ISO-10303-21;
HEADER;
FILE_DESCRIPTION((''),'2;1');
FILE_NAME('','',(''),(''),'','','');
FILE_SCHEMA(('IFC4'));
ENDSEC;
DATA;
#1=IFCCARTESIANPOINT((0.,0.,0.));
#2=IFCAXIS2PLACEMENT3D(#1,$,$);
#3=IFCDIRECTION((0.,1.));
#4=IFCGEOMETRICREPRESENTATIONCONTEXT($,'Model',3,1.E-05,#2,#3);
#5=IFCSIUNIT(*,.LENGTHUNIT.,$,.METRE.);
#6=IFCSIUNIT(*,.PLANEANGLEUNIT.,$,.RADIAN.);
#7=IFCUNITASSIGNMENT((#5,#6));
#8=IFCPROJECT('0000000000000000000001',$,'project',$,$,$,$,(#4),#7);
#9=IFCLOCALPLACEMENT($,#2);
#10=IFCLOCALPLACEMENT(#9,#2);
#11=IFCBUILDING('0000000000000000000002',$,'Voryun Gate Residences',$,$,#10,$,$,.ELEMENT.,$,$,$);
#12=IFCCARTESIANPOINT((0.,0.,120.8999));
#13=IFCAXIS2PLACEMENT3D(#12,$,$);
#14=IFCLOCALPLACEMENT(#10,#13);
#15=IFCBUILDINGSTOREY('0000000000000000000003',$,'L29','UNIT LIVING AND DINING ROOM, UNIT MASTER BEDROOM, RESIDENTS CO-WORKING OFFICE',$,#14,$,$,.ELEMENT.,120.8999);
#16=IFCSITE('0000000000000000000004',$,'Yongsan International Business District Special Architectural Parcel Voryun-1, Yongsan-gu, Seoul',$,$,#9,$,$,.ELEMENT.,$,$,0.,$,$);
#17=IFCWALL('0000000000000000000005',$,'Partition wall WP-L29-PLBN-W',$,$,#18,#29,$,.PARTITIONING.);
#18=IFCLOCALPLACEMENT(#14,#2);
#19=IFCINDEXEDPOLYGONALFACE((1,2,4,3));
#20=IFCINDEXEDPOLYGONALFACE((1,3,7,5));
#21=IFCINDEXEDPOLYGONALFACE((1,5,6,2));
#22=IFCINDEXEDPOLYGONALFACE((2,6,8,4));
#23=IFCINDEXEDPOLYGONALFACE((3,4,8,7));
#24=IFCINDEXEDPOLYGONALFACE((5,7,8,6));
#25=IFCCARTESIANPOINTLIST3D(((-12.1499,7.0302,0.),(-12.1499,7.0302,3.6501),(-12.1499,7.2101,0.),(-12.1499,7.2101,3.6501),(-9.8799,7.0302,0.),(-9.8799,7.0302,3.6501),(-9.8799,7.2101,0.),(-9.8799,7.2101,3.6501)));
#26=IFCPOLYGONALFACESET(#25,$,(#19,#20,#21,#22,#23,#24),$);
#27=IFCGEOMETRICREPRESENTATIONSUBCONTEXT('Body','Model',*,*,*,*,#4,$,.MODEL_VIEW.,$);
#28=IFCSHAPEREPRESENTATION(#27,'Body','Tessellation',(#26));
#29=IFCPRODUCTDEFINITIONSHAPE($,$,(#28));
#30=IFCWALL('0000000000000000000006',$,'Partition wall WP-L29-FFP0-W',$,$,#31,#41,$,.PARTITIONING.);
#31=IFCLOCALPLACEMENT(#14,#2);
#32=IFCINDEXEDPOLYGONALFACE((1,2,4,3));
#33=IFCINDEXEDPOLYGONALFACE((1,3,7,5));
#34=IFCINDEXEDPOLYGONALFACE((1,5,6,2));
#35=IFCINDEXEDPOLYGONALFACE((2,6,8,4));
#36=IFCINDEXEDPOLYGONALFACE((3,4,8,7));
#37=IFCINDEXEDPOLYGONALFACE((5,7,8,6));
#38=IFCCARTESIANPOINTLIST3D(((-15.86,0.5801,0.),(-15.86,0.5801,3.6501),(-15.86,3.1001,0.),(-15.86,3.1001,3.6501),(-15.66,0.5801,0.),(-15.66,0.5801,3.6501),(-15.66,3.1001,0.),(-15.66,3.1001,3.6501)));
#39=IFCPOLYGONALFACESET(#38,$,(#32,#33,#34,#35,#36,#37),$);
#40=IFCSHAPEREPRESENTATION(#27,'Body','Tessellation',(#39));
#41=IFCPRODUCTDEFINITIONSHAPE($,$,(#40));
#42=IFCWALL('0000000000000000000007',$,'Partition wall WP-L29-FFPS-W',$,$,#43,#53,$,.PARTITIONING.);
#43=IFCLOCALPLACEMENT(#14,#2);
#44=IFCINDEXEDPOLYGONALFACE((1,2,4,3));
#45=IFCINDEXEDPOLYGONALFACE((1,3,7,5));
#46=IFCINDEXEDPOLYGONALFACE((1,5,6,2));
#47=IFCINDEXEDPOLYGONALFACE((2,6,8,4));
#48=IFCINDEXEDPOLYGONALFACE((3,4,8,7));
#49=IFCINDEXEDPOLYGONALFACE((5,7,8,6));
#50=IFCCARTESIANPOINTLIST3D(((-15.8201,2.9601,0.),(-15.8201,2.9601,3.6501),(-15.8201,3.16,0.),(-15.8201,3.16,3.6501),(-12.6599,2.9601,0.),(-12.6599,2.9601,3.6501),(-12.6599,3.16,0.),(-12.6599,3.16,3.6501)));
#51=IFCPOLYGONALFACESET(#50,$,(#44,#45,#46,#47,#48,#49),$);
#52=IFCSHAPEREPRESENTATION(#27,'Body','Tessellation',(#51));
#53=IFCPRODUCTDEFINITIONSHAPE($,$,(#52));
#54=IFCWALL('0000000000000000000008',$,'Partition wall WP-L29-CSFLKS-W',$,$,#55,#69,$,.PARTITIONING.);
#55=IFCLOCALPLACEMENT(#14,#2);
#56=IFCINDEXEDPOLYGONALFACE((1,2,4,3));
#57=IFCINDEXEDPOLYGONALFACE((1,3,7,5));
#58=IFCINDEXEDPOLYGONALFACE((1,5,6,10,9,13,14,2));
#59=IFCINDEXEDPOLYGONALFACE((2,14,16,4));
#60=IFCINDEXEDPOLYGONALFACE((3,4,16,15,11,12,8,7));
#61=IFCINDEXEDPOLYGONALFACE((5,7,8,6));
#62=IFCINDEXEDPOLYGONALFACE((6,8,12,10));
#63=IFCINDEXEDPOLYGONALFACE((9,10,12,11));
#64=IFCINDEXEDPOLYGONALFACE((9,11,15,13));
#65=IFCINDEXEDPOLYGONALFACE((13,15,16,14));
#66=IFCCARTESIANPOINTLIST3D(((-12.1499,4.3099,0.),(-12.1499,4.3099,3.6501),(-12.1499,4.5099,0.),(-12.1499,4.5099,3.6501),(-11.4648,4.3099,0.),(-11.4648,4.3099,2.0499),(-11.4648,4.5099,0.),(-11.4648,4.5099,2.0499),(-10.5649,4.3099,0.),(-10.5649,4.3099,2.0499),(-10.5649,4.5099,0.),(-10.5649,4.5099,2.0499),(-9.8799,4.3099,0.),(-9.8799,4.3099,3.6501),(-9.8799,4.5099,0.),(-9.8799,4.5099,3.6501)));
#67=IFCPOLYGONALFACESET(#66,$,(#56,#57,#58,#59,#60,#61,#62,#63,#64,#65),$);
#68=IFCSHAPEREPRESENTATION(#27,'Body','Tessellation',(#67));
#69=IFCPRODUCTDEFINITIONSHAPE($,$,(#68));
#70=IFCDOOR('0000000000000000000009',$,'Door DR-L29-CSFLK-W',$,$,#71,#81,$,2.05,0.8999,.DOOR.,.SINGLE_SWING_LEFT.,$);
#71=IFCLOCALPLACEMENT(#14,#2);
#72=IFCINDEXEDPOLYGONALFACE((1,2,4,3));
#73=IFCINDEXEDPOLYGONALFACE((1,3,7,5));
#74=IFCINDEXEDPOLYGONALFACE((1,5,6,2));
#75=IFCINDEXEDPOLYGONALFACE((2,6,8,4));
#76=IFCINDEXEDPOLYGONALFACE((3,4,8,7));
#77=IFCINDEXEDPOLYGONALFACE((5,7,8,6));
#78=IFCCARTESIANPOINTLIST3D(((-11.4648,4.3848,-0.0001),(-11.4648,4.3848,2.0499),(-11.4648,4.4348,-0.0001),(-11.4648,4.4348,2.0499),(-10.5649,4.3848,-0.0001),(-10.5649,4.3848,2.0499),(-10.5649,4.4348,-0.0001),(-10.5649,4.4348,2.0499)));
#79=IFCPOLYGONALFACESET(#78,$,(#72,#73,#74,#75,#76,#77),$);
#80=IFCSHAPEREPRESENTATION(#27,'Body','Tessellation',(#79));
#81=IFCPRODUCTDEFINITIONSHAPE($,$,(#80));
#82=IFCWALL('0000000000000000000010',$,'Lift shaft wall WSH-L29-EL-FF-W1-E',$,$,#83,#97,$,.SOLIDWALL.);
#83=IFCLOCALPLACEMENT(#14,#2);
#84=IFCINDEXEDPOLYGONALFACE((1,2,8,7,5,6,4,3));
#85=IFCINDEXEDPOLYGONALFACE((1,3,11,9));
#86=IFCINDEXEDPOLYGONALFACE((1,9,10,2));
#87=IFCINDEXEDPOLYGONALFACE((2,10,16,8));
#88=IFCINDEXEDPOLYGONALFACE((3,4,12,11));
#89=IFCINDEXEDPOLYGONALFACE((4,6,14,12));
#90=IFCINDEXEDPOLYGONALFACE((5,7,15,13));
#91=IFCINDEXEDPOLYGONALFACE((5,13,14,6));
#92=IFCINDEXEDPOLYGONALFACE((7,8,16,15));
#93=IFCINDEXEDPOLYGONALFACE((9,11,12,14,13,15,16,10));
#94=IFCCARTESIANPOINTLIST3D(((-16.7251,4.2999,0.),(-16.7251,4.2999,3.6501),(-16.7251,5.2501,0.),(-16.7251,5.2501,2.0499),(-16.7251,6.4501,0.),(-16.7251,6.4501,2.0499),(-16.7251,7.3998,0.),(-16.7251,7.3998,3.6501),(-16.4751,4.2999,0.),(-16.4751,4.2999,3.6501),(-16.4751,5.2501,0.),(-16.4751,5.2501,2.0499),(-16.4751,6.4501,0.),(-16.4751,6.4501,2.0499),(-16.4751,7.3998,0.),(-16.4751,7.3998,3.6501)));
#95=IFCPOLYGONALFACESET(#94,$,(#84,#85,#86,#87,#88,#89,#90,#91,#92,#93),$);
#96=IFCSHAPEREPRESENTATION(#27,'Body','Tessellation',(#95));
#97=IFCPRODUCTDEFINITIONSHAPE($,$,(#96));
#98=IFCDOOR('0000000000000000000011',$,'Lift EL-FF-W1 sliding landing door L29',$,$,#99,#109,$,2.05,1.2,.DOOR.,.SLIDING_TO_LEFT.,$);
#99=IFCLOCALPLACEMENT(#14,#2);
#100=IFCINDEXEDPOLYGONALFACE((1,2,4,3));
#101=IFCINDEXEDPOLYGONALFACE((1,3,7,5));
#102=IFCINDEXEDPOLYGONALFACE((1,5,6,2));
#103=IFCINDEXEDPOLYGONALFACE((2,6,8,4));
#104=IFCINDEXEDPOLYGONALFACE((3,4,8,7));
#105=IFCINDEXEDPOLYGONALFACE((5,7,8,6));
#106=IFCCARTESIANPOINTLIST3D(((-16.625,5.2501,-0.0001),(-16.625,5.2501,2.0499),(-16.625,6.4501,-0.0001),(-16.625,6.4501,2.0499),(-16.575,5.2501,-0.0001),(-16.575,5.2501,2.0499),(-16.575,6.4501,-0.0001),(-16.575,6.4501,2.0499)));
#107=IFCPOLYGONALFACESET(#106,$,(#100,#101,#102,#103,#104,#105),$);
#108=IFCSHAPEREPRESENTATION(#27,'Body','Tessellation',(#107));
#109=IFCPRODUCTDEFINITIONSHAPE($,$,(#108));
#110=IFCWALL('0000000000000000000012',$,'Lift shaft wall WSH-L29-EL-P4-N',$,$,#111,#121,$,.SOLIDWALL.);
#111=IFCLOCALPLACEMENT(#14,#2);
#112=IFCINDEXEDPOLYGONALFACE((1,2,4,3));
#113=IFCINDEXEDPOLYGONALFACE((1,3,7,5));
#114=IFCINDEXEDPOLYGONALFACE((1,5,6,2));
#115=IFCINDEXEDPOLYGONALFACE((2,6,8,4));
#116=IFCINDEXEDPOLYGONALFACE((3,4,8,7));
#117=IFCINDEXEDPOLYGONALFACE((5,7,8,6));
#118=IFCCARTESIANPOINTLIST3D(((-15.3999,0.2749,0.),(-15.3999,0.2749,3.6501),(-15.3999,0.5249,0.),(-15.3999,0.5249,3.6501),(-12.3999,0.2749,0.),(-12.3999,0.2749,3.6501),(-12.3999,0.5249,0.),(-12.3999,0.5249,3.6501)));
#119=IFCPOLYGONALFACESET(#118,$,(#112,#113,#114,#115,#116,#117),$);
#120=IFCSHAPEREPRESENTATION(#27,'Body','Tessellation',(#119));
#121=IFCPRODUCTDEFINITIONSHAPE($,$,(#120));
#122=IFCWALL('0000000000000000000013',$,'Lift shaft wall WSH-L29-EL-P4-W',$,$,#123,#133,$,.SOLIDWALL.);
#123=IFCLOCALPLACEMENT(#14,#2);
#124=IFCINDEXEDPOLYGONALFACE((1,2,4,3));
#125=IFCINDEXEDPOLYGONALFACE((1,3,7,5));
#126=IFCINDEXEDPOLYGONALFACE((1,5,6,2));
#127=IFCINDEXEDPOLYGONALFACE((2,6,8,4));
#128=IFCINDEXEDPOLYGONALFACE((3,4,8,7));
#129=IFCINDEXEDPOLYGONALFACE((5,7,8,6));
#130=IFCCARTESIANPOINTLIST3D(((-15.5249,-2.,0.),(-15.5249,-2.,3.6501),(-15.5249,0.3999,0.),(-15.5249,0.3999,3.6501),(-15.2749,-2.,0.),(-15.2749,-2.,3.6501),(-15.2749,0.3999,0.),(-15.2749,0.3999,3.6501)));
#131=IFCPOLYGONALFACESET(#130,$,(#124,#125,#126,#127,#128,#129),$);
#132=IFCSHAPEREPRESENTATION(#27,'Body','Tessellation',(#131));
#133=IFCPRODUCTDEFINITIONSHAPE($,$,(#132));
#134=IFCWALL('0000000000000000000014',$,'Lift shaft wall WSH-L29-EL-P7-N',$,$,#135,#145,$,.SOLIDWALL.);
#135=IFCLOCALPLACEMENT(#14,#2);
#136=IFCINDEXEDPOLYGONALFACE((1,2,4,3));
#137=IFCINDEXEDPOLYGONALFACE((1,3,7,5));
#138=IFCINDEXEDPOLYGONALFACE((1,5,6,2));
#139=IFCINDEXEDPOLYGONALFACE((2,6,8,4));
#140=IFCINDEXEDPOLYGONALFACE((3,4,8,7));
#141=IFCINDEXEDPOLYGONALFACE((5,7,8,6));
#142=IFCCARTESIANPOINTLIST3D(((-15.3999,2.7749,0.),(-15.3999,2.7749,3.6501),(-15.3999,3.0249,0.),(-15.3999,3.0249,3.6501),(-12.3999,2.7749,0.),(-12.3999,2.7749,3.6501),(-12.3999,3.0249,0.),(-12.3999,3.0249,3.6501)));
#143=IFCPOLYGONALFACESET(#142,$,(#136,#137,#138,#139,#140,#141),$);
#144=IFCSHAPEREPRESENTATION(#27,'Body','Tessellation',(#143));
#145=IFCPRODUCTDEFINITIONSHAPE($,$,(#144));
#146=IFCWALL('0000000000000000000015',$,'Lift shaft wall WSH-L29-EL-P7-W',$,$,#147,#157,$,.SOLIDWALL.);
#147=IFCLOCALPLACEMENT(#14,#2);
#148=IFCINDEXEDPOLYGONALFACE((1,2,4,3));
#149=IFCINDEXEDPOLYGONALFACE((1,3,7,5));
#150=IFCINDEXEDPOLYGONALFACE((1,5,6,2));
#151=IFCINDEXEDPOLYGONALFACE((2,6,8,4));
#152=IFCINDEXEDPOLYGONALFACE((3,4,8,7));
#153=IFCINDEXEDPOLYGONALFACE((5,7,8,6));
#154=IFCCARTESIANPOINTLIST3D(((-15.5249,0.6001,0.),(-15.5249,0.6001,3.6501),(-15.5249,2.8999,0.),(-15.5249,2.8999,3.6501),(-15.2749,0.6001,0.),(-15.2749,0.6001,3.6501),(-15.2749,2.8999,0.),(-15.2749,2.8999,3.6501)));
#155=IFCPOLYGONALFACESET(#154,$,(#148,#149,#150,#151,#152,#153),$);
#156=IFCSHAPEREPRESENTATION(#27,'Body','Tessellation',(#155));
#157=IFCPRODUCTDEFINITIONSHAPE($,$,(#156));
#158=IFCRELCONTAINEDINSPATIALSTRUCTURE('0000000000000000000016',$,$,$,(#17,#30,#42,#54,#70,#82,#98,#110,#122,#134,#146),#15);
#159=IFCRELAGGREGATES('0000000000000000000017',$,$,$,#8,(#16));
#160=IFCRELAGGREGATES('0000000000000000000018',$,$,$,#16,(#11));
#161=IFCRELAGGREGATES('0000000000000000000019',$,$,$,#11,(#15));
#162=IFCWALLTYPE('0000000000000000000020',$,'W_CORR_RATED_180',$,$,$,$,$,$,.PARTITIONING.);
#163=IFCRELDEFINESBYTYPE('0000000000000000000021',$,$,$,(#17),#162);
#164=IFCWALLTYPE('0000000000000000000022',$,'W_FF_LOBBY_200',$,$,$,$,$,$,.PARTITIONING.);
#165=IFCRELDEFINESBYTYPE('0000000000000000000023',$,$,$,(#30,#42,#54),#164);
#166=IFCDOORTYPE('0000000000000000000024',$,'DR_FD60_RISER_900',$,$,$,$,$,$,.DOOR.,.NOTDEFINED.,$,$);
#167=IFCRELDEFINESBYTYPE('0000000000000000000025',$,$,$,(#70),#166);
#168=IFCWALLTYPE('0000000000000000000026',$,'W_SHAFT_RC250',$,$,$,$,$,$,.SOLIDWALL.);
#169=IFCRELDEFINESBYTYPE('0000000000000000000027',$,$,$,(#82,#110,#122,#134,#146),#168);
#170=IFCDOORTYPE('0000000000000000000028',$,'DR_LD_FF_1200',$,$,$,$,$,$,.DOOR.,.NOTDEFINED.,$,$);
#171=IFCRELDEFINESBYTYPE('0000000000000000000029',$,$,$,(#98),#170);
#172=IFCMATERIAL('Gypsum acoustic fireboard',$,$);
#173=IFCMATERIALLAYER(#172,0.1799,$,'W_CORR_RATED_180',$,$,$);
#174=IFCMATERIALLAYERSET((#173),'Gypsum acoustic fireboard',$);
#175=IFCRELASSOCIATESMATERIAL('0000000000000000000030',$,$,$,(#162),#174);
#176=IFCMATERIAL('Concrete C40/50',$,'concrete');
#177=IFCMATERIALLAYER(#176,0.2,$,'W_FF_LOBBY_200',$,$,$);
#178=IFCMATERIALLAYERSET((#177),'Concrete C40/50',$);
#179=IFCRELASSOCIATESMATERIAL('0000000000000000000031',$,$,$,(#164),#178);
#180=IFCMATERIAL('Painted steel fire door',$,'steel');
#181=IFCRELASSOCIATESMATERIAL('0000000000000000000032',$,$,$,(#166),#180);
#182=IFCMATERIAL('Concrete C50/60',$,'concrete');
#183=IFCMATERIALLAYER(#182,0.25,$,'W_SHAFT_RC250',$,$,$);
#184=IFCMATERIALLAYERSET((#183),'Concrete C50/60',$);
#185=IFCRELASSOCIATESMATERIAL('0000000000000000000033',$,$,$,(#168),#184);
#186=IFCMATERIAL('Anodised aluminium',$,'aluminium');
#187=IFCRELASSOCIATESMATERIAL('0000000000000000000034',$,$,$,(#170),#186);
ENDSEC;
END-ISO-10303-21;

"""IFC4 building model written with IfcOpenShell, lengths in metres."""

from ifc_helpers import new_model, si_unit, direction, frame, frame_2d, origin, place, context, subcontext, project, spatial, rectangle, extrude, material, layer, layer_set, type_object, element, fill, save


model = new_model("IFC4")

# Units and contexts
model_context = context("Model", 3, precision=1e-05, world=origin(), true_north=direction((0.0, 1.0)))
body_context = subcontext(model_context, "Body", "Model", "MODEL_VIEW")
ifc_project = project(units=[si_unit("LENGTHUNIT", "METRE"), si_unit("PLANEANGLEUNIT", "RADIAN")], contexts=[model_context])

# Site, building, storey
site_placement = place(None, origin())
site = spatial("IfcSite", under=ifc_project, at=site_placement, Name="Yongsan International Business District Special Architectural Parcel Voryun-1, Yongsan-gu, Seoul", CompositionType="ELEMENT", RefElevation=0.0)
building_placement = place(site_placement, origin())
building = spatial("IfcBuilding", under=site, at=building_placement, Name="Voryun Gate Residences", CompositionType="ELEMENT")
storey_placement = place(building_placement, frame((0.0, 0.0, 120.8999)))
storey = spatial("IfcBuildingStorey", under=building, at=storey_placement, Name="L29", Description="UNIT LIVING AND DINING ROOM, UNIT MASTER BEDROOM, RESIDENTS CO-WORKING OFFICE", CompositionType="ELEMENT", Elevation=120.8999)

# Walls
ifc_material_1 = material(Name="Gypsum acoustic fireboard")
ifc_layer_1 = layer(ifc_material_1, 0.1799, Name="W_CORR_RATED_180")
ifc_layer_set_1 = layer_set([ifc_layer_1], Name="Gypsum acoustic fireboard")
wall_type_1 = type_object("IfcWallType", Name="W_CORR_RATED_180", PredefinedType="PARTITIONING", material=ifc_layer_set_1)
wall_1_placement = place(storey_placement, frame((-12.1499, 7.1201, 0.0), z_axis=(0.0, 0.0, 1.0), x_axis=(1.0, 0.0, 0.0)))
element("IfcWall", 1, at=wall_1_placement, inside=storey, type_object=wall_type_1, Name="Partition wall WP-L29-PLBN-W", PredefinedType="PARTITIONING", context=body_context, shape_type="SweptSolid", body=[
    extrude(rectangle(XDim=2.27, YDim=0.1799, at=frame_2d((1.135, 0.0))), origin(), (0.0, 0.0, 1.0), 3.6501),
])
ifc_material_2 = material(Name="Concrete C40/50", Category="concrete")
ifc_layer_2 = layer(ifc_material_2, 0.2, Name="W_FF_LOBBY_200")
ifc_layer_set_2 = layer_set([ifc_layer_2], Name="Concrete C40/50")
wall_type_2 = type_object("IfcWallType", Name="W_FF_LOBBY_200", PredefinedType="PARTITIONING", material=ifc_layer_set_2)
wall_2_placement = place(storey_placement, frame((-15.76, 0.5801, 0.0), z_axis=(0.0, 0.0, 1.0), x_axis=(0.0, 1.0, 0.0)))
element("IfcWall", 2, at=wall_2_placement, inside=storey, type_object=wall_type_2, Name="Partition wall WP-L29-FFP0-W", PredefinedType="PARTITIONING", context=body_context, shape_type="SweptSolid", body=[
    extrude(rectangle(XDim=2.52, YDim=0.2, at=frame_2d((1.26, 0.0))), origin(), (0.0, 0.0, 1.0), 3.6501),
])
wall_3_placement = place(storey_placement, frame((-15.8201, 3.0601, 0.0), z_axis=(0.0, 0.0, 1.0), x_axis=(1.0, 0.0, 0.0)))
element("IfcWall", 3, at=wall_3_placement, inside=storey, type_object=wall_type_2, Name="Partition wall WP-L29-FFPS-W", PredefinedType="PARTITIONING", context=body_context, shape_type="SweptSolid", body=[
    extrude(rectangle(XDim=3.1602, YDim=0.2, at=frame_2d((1.5801, 0.0))), origin(), (0.0, 0.0, 1.0), 3.6501),
])

# Walls, openings, doors
wall_4_placement = place(storey_placement, frame((-12.1499, 4.4099, 0.0), z_axis=(0.0, 0.0, 1.0), x_axis=(1.0, 0.0, 0.0)))
wall_4 = element("IfcWall", 4, at=wall_4_placement, inside=storey, type_object=wall_type_2, Name="Partition wall WP-L29-CSFLKS-W", PredefinedType="PARTITIONING", context=body_context, shape_type="SweptSolid", body=[
    extrude(rectangle(XDim=2.27, YDim=0.2, at=frame_2d((1.135, 0.0))), origin(), (0.0, 0.0, 1.0), 3.6501),
])
opening_1_placement = place(wall_4_placement, frame((0.6851, 0.0, 0.0)))
opening_1 = element("IfcOpeningElement", 5, at=opening_1_placement, cuts=wall_4, PredefinedType="OPENING", context=body_context, shape_type="SweptSolid", body=[
    extrude(rectangle(XDim=0.8999, YDim=2.05, at=frame_2d((0.45, 1.0249))), frame((0.0, 0.1101, 0.0), z_axis=(0.0, -1.0, 0.0), x_axis=(1.0, 0.0, 0.0)), (0.0, 0.0, 1.0), 0.22),
])
ifc_material_3 = material(Name="Painted steel fire door", Category="steel")
door_type_1 = type_object("IfcDoorType", Name="DR_FD60_RISER_900", OperationType="NOTDEFINED", PredefinedType="DOOR", material=ifc_material_3)
door_1_placement = place(opening_1_placement, origin())
door_1 = element("IfcDoor", 6, at=door_1_placement, inside=storey, type_object=door_type_1, Name="Door DR-L29-CSFLK-W", OperationType="SINGLE_SWING_LEFT", OverallHeight=2.05, OverallWidth=0.8999, PredefinedType="DOOR", context=body_context, shape_type="SweptSolid", body=[
    extrude(rectangle(XDim=0.8999, YDim=2.05, at=frame_2d((0.45, 1.0249))), frame((0.0, 0.0249, 0.0), z_axis=(0.0, -1.0, 0.0), x_axis=(1.0, 0.0, 0.0)), (0.0, 0.0, 1.0), 0.05),
])
fill(opening_1, door_1)
ifc_material_4 = material(Name="Concrete C50/60", Category="concrete")
ifc_layer_3 = layer(ifc_material_4, 0.25, Name="W_SHAFT_RC250")
ifc_layer_set_3 = layer_set([ifc_layer_3], Name="Concrete C50/60")
wall_type_3 = type_object("IfcWallType", Name="W_SHAFT_RC250", PredefinedType="SOLIDWALL", material=ifc_layer_set_3)
wall_5_placement = place(storey_placement, frame((-16.6001, 4.3, 0.0), z_axis=(0.0, 0.0, 1.0), x_axis=(0.0, 1.0, 0.0)))
wall_5 = element("IfcWall", 7, at=wall_5_placement, inside=storey, type_object=wall_type_3, Name="Lift shaft wall WSH-L29-EL-FF-W1-E", PredefinedType="SOLIDWALL", context=body_context, shape_type="SweptSolid", body=[
    extrude(rectangle(XDim=3.0999, YDim=0.25, at=frame_2d((1.5498, 0.0))), origin(), (0.0, 0.0, 1.0), 3.6501),
])
opening_2_placement = place(wall_5_placement, frame((0.95, 0.0, 0.0)))
opening_2 = element("IfcOpeningElement", 8, at=opening_2_placement, cuts=wall_5, PredefinedType="OPENING", context=body_context, shape_type="SweptSolid", body=[
    extrude(rectangle(XDim=1.2, YDim=2.05, at=frame_2d((0.6001, 1.0249))), frame((0.0, 0.135, 0.0), z_axis=(0.0, -1.0, 0.0), x_axis=(1.0, 0.0, 0.0)), (0.0, 0.0, 1.0), 0.27),
])
ifc_material_5 = material(Name="Anodised aluminium", Category="aluminium")
door_type_2 = type_object("IfcDoorType", Name="DR_LD_FF_1200", OperationType="NOTDEFINED", PredefinedType="DOOR", material=ifc_material_5)
door_2_placement = place(opening_2_placement, origin())
door_2 = element("IfcDoor", 9, at=door_2_placement, inside=storey, type_object=door_type_2, Name="Lift EL-FF-W1 sliding landing door L29", OperationType="SLIDING_TO_LEFT", OverallHeight=2.05, OverallWidth=1.2, PredefinedType="DOOR", context=body_context, shape_type="SweptSolid", body=[
    extrude(rectangle(XDim=1.2, YDim=2.05, at=frame_2d((0.6001, 1.0249))), frame((0.0, 0.0249, 0.0), z_axis=(0.0, -1.0, 0.0), x_axis=(1.0, 0.0, 0.0)), (0.0, 0.0, 1.0), 0.05),
])
fill(opening_2, door_2)

# Walls
wall_6_placement = place(storey_placement, frame((-12.3999, 0.3999, 0.0), z_axis=(0.0, 0.0, 1.0), x_axis=(-1.0, 0.0, 0.0)))
element("IfcWall", 10, at=wall_6_placement, inside=storey, type_object=wall_type_3, Name="Lift shaft wall WSH-L29-EL-P4-N", PredefinedType="SOLIDWALL", context=body_context, shape_type="SweptSolid", body=[
    extrude(rectangle(XDim=3.0, YDim=0.25, at=frame_2d((1.5, 0.0))), origin(), (0.0, 0.0, 1.0), 3.6501),
])
wall_7_placement = place(storey_placement, frame((-15.3999, 0.3999, 0.0), z_axis=(0.0, 0.0, 1.0), x_axis=(0.0, -1.0, 0.0)))
element("IfcWall", 11, at=wall_7_placement, inside=storey, type_object=wall_type_3, Name="Lift shaft wall WSH-L29-EL-P4-W", PredefinedType="SOLIDWALL", context=body_context, shape_type="SweptSolid", body=[
    extrude(rectangle(XDim=2.3999, YDim=0.25, at=frame_2d((1.2, 0.0))), origin(), (0.0, 0.0, 1.0), 3.6501),
])
wall_8_placement = place(storey_placement, frame((-12.3999, 2.8999, 0.0), z_axis=(0.0, 0.0, 1.0), x_axis=(-1.0, 0.0, 0.0)))
element("IfcWall", 12, at=wall_8_placement, inside=storey, type_object=wall_type_3, Name="Lift shaft wall WSH-L29-EL-P7-N", PredefinedType="SOLIDWALL", context=body_context, shape_type="SweptSolid", body=[
    extrude(rectangle(XDim=3.0, YDim=0.25, at=frame_2d((1.5, 0.0))), origin(), (0.0, 0.0, 1.0), 3.6501),
])
wall_9_placement = place(storey_placement, frame((-15.3999, 2.8999, 0.0), z_axis=(0.0, 0.0, 1.0), x_axis=(0.0, -1.0, 0.0)))
element("IfcWall", 13, at=wall_9_placement, inside=storey, type_object=wall_type_3, Name="Lift shaft wall WSH-L29-EL-P7-W", PredefinedType="SOLIDWALL", context=body_context, shape_type="SweptSolid", body=[
    extrude(rectangle(XDim=2.2998, YDim=0.25, at=frame_2d((1.1499, 0.0))), origin(), (0.0, 0.0, 1.0), 3.6501),
])

save(model, "model.ifc")
